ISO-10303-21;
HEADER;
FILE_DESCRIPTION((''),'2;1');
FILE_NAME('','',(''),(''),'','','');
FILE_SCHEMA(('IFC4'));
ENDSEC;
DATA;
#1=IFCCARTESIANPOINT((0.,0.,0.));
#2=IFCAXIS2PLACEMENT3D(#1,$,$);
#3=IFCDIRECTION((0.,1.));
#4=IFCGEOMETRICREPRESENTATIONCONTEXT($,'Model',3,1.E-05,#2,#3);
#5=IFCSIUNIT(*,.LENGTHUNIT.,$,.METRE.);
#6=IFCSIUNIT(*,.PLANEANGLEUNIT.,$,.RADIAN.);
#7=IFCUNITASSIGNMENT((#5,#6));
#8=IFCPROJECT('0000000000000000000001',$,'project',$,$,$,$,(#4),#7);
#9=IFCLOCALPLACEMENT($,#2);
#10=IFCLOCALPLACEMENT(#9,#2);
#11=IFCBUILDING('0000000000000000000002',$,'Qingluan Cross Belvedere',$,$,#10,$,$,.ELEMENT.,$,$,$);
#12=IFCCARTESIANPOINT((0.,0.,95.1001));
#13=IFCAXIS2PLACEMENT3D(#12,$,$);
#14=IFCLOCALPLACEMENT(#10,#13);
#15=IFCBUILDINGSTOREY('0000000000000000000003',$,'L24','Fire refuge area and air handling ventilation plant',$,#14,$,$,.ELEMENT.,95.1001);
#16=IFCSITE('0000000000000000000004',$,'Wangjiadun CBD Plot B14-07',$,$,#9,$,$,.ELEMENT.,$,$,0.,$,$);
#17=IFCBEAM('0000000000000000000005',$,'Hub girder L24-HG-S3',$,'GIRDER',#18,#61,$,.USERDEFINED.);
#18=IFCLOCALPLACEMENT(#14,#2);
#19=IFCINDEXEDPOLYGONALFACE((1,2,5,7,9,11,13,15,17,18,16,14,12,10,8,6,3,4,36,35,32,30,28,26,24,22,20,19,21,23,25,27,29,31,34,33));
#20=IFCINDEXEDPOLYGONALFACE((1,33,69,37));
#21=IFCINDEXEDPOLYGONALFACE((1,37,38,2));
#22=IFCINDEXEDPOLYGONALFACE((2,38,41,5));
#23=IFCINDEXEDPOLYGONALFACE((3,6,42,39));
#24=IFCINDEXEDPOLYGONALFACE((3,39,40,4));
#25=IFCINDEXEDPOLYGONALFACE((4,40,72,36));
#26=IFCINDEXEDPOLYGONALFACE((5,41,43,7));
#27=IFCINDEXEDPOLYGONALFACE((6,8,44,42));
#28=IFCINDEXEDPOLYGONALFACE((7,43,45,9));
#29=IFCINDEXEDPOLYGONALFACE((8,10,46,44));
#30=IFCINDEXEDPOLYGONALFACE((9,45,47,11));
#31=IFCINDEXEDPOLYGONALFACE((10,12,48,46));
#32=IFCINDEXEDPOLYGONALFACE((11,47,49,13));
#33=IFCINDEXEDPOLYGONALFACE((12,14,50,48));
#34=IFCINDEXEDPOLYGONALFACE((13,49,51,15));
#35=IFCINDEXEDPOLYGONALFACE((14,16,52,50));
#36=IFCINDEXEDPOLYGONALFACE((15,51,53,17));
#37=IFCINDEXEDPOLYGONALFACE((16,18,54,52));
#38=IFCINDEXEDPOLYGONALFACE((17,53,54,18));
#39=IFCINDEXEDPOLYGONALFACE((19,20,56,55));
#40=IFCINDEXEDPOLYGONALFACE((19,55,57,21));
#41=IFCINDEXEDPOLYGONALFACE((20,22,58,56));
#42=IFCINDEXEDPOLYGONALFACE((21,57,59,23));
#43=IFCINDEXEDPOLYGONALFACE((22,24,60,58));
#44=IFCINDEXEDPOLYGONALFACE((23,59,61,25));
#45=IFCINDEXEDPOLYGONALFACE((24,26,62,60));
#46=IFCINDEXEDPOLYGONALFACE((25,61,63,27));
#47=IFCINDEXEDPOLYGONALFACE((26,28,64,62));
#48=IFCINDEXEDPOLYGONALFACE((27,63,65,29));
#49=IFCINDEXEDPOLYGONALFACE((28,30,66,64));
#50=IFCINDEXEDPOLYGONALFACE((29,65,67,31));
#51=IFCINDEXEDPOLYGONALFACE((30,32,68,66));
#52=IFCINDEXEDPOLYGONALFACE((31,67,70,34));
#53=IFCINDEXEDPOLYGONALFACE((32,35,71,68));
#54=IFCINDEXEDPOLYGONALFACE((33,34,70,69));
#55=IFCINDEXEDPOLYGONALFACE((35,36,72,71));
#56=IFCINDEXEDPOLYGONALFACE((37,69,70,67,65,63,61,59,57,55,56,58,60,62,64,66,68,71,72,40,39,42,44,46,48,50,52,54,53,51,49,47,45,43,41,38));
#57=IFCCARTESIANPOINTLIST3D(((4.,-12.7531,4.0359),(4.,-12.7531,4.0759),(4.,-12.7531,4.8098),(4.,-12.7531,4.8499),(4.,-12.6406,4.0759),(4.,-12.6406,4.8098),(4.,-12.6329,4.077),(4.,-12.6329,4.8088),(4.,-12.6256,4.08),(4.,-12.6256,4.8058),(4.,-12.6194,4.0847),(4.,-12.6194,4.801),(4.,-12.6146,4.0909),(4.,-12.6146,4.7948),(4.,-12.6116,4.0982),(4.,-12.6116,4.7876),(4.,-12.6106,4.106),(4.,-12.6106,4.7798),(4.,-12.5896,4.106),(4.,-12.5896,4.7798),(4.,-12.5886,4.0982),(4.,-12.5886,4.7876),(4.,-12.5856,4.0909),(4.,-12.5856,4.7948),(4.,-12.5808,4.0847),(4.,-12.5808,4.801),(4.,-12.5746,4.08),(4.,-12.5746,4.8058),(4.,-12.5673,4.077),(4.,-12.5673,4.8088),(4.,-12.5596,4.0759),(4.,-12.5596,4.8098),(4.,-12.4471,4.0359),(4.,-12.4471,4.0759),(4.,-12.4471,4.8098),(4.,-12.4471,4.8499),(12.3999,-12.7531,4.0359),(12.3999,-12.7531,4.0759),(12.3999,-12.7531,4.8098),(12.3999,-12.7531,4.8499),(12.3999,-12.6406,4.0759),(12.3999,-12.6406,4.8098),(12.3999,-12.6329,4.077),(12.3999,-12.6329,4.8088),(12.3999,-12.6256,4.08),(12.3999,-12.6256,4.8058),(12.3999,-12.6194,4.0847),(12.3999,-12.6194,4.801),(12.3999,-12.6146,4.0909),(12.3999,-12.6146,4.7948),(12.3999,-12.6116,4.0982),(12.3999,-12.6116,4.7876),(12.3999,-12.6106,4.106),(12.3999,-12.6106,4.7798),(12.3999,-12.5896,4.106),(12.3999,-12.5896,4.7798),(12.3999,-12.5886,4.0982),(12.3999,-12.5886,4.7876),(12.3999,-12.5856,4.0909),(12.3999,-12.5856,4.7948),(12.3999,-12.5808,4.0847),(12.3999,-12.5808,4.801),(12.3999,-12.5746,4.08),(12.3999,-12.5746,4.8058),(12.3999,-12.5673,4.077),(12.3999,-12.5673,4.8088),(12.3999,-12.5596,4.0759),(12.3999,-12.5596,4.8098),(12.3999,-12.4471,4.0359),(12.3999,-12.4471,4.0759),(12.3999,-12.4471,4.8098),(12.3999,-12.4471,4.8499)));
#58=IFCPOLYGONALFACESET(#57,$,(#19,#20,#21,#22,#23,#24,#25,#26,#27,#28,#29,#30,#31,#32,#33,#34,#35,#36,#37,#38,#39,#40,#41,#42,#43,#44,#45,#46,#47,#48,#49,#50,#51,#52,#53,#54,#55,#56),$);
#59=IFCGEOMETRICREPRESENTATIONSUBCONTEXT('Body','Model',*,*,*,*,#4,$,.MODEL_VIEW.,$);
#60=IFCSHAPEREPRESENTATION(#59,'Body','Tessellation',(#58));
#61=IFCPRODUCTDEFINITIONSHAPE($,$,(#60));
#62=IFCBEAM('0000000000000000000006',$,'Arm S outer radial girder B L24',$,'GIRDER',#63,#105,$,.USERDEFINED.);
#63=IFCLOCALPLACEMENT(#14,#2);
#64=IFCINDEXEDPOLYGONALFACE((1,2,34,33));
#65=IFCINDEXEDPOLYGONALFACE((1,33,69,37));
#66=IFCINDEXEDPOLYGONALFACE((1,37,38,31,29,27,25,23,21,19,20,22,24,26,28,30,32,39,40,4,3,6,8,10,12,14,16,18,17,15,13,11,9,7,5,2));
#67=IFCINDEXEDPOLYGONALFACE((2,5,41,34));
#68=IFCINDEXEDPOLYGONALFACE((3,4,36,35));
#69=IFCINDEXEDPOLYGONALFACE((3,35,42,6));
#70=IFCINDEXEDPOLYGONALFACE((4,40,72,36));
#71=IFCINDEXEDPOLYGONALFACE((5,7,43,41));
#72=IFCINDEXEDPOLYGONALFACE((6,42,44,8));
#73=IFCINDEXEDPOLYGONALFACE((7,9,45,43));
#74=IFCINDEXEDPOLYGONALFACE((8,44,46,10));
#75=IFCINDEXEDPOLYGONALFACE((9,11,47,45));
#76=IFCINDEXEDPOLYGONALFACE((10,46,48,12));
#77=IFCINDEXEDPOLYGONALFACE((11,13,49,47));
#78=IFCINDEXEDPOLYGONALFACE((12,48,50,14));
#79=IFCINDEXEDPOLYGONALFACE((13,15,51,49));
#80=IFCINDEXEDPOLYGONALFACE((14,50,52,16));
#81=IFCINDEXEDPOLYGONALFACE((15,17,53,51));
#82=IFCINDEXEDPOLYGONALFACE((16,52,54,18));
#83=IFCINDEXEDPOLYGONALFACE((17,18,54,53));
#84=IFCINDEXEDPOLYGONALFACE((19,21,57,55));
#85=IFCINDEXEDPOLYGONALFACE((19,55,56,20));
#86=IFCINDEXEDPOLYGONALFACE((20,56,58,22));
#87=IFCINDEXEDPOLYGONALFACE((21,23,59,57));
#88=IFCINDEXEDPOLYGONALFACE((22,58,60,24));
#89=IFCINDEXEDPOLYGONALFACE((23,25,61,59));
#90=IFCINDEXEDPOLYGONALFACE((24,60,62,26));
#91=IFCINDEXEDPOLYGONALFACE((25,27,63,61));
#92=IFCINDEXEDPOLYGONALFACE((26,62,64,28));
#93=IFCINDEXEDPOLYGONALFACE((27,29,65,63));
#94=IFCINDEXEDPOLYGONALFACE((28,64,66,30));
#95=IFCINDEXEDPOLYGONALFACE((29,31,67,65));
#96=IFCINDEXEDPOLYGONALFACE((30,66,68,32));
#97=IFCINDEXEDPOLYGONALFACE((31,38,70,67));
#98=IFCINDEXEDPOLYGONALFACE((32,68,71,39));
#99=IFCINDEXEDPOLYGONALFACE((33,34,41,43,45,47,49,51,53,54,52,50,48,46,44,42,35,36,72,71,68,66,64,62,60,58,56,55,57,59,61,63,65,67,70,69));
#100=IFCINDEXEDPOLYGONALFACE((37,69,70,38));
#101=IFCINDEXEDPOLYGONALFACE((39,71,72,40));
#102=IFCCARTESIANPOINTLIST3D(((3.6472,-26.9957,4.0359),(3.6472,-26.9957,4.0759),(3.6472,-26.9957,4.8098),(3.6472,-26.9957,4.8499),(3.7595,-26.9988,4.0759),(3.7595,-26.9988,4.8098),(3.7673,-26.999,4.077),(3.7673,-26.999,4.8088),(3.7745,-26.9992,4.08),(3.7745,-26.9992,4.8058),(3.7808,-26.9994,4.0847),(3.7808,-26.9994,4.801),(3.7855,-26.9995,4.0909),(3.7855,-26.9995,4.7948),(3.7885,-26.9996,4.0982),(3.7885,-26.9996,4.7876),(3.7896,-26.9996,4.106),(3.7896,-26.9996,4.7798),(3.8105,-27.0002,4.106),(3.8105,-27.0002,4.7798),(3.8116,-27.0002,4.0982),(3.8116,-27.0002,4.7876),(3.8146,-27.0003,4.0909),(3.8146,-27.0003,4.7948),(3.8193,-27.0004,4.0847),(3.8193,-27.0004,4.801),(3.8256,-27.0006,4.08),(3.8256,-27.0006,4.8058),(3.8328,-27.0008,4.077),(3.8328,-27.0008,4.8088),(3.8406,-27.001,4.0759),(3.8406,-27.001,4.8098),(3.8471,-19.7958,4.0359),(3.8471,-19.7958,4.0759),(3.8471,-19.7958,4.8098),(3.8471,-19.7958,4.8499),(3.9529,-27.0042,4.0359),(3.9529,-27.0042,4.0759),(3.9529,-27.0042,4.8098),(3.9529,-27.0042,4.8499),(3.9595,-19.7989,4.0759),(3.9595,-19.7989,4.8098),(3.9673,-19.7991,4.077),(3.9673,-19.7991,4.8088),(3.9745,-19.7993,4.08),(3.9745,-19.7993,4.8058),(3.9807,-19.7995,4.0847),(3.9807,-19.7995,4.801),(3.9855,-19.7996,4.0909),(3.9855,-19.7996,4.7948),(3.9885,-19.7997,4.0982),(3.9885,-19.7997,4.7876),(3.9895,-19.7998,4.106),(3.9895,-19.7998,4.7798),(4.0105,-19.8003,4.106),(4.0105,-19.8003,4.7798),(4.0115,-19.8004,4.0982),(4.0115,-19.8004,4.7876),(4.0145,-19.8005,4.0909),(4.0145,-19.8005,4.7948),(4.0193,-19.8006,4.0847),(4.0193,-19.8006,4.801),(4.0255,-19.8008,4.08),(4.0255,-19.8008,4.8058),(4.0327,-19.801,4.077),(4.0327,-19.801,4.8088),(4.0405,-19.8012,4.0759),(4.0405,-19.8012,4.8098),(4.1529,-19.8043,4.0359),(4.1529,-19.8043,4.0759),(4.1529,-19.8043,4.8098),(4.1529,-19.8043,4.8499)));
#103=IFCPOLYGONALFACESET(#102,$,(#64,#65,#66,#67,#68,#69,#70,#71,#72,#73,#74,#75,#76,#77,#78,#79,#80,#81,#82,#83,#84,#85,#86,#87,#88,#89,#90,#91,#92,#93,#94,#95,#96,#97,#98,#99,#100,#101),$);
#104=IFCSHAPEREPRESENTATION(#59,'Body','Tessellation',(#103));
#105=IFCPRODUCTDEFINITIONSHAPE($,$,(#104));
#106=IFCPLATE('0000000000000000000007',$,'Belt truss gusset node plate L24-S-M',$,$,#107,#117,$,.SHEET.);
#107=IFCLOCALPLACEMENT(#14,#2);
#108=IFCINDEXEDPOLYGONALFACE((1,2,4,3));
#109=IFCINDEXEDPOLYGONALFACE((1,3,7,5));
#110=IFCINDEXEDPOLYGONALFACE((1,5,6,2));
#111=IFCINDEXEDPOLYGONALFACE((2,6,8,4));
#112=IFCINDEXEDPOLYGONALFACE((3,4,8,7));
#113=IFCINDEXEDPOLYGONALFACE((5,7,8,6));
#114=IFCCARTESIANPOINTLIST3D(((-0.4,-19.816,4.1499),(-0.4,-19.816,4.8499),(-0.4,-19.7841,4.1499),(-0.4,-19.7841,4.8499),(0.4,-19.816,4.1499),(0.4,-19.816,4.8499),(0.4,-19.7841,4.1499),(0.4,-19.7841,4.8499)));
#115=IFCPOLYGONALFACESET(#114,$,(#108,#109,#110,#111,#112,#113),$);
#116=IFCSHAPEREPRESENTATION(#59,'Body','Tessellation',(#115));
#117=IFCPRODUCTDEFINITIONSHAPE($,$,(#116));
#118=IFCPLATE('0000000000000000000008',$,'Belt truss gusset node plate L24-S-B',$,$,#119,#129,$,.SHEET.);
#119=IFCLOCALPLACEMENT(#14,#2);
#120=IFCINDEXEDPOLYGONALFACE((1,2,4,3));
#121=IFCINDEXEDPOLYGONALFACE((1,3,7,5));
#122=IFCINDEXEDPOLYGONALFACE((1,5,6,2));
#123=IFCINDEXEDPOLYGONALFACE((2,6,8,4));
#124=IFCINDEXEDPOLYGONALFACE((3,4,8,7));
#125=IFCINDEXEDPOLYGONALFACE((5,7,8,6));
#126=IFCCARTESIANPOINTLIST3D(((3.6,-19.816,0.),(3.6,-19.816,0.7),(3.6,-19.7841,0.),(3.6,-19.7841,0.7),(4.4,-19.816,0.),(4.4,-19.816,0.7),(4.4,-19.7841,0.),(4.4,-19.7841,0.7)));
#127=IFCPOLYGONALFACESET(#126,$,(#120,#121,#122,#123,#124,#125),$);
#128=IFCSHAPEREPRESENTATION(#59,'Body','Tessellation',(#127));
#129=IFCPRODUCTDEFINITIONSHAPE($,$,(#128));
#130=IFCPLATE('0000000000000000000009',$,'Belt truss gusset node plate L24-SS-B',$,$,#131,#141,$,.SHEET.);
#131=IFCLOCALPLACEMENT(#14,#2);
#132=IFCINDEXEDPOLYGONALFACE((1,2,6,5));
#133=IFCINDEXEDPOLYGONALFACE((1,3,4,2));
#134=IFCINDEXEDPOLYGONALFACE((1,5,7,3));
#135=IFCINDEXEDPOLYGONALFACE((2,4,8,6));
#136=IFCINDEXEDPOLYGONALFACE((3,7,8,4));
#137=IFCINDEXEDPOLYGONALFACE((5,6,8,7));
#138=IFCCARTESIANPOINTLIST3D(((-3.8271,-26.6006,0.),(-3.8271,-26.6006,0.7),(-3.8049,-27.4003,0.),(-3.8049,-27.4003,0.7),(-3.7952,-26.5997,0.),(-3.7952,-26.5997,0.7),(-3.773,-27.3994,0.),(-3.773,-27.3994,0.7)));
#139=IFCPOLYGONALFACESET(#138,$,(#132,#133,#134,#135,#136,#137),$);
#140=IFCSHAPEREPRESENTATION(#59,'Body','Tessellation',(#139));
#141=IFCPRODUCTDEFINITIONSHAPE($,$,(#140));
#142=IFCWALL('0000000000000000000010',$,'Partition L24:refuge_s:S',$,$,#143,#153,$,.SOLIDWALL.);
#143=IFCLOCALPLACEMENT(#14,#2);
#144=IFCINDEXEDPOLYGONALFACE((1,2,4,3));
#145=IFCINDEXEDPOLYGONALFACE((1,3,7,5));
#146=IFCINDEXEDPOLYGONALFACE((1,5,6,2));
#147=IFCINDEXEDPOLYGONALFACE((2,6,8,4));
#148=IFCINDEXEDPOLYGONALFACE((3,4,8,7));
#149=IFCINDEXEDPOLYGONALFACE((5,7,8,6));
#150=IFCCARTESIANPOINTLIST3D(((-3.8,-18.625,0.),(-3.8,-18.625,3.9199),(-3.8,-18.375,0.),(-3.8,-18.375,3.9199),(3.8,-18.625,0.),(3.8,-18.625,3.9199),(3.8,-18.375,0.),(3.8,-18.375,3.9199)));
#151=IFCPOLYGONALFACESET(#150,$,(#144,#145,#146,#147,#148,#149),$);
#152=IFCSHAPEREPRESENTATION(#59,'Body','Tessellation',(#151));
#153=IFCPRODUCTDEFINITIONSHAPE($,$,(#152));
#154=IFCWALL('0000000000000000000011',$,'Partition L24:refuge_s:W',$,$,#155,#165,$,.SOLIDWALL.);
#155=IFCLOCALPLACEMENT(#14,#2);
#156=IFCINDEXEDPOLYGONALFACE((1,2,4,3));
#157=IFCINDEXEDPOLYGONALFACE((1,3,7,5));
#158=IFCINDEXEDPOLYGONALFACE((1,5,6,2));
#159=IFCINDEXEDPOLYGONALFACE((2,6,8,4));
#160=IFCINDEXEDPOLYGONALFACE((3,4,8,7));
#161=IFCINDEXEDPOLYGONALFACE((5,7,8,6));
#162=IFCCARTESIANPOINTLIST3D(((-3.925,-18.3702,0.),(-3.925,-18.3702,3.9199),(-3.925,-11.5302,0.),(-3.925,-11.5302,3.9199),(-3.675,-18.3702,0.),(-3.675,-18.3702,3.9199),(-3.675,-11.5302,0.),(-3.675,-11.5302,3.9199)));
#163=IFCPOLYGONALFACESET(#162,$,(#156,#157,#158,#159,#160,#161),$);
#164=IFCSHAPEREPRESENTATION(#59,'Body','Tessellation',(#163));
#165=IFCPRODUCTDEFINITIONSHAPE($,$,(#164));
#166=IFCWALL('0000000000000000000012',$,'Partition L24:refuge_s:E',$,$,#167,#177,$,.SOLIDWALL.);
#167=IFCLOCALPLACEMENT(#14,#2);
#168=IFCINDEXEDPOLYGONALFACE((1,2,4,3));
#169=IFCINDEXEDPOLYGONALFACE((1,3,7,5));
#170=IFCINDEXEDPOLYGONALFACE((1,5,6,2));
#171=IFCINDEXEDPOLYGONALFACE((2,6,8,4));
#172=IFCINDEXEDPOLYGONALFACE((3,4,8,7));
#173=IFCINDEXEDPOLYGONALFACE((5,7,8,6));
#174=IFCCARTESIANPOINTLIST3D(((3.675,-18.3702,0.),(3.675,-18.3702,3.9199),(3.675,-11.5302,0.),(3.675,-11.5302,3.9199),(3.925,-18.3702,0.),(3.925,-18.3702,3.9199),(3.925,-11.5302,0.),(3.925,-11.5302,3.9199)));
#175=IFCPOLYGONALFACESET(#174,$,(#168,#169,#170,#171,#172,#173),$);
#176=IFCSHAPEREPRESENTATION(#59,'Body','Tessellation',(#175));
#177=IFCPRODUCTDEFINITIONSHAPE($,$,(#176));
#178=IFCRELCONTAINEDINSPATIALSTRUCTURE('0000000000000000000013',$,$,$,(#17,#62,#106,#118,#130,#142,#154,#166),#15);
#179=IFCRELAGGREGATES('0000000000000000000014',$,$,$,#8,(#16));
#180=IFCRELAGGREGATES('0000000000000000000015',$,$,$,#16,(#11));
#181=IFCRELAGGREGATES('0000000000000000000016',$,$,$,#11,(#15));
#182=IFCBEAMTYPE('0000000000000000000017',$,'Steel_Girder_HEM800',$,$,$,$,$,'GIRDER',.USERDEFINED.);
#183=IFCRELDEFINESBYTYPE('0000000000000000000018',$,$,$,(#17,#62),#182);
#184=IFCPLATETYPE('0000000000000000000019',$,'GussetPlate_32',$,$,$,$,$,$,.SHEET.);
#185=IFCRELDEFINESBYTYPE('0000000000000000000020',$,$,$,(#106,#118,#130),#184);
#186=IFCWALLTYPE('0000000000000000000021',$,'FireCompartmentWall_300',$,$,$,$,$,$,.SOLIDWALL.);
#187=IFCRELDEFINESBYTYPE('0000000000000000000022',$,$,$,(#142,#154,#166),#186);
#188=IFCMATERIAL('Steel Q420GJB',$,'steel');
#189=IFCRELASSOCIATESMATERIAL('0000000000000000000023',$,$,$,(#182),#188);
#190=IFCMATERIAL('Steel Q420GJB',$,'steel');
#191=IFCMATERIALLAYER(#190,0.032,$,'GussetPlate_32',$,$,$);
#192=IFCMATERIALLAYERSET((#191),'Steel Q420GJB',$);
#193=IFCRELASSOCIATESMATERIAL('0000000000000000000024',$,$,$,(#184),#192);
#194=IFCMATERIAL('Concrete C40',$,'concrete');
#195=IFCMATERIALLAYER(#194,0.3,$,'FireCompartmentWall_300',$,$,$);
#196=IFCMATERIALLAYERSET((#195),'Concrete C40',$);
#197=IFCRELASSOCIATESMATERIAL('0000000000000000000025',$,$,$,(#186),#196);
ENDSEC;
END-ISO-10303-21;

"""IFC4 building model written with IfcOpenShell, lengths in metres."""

from ifc_helpers import new_model, si_unit, direction, frame, frame_2d, origin, origin_2d, place, context, subcontext, project, spatial, rectangle, i_section, extrude, material, layer, layer_set, material_profile, profile_set, type_object, element, save


model = new_model("IFC4")

# Units and contexts
model_context = context("Model", 3, precision=1e-05, world=origin(), true_north=direction((0.0, 1.0)))
body_context = subcontext(model_context, "Body", "Model", "MODEL_VIEW")
ifc_project = project(units=[si_unit("LENGTHUNIT", "METRE"), si_unit("PLANEANGLEUNIT", "RADIAN")], contexts=[model_context])

# Site, building, storey
site_placement = place(None, origin())
site = spatial("IfcSite", under=ifc_project, at=site_placement, Name="Wangjiadun CBD Plot B14-07", CompositionType="ELEMENT", RefElevation=0.0)
building_placement = place(site_placement, origin())
building = spatial("IfcBuilding", under=site, at=building_placement, Name="Qingluan Cross Belvedere", CompositionType="ELEMENT")
storey_placement = place(building_placement, frame((0.0, 0.0, 95.1001)))
storey = spatial("IfcBuildingStorey", under=building, at=storey_placement, Name="L24", Description="Fire refuge area and air handling ventilation plant", CompositionType="ELEMENT", Elevation=95.1001)

# Beams
ifc_material_1 = material(Name="Steel Q420GJB", Category="steel")
ifc_material_profile_1 = material_profile(ifc_material_1, i_section(OverallWidth=0.3059, OverallDepth=0.814, WebThickness=0.021, FlangeThickness=0.04, FilletRadius=0.03, at=origin_2d()), Name="HEM800")
ifc_profile_set_1 = profile_set([ifc_material_profile_1], Name="Steel Q420GJB")
beam_type_1 = type_object("IfcBeamType", Name="Steel_Girder_HEM800", ElementType="GIRDER", PredefinedType="USERDEFINED", material=ifc_profile_set_1)
beam_1_placement = place(storey_placement, frame((4.0, -12.6001, 4.4429), z_axis=(1.0, 0.0, 0.0), x_axis=(0.0, 1.0, 0.0)))
element("IfcBeam", 1, at=beam_1_placement, inside=storey, type_object=beam_type_1, Name="Hub girder L24-HG-S3", ObjectType="GIRDER", PredefinedType="USERDEFINED", context=body_context, shape_type="SweptSolid", body=[
    extrude(i_section(OverallWidth=0.3059, OverallDepth=0.814, WebThickness=0.021, FlangeThickness=0.04, FilletRadius=0.03, at=origin_2d()), origin(), (0.0, 0.0, 1.0), 8.3999),
])
beam_2_placement = place(storey_placement, frame((4.0, -19.8, 4.4429), z_axis=(-0.02776, -0.999615, 0.0), x_axis=(0.999615, -0.02776, 0.0)))
element("IfcBeam", 2, at=beam_2_placement, inside=storey, type_object=beam_type_1, Name="Arm S outer radial girder B L24", ObjectType="GIRDER", PredefinedType="USERDEFINED", context=body_context, shape_type="SweptSolid", body=[
    extrude(i_section(OverallWidth=0.3059, OverallDepth=0.814, WebThickness=0.021, FlangeThickness=0.04, FilletRadius=0.03, at=origin_2d()), origin(), (0.0, 0.0, 1.0), 7.2026),
])

# Plates
ifc_material_2 = material(Name="Steel Q420GJB", Category="steel")
ifc_layer_1 = layer(ifc_material_2, 0.032, Name="GussetPlate_32")
ifc_layer_set_1 = layer_set([ifc_layer_1], Name="Steel Q420GJB")
plate_type = type_object("IfcPlateType", Name="GussetPlate_32", PredefinedType="SHEET", material=ifc_layer_set_1)
for number, where, z_axis, x_axis, name in (
    (3, (0.0, -19.8, 4.1499), (0.0, 0.0, 1.0), (1.0, 0.0, 0.0), "Belt truss gusset node plate L24-S-M"),
    (4, (4.0, -19.8, 0.0), (0.0, 0.0, 1.0), (1.0, 0.0, 0.0), "Belt truss gusset node plate L24-S-B"),
    (5, (-3.8, -27.0, 0.0), (0.0, 0.0, 1.0), (0.027767, -0.999614, 0.0), "Belt truss gusset node plate L24-SS-B"),
):
    element("IfcPlate", number, at=place(storey_placement, frame(where, z_axis=z_axis, x_axis=x_axis)), inside=storey, type_object=plate_type, Name=name, PredefinedType="SHEET", context=body_context, shape_type="SweptSolid", body=[
        extrude(rectangle(XDim=0.8, YDim=0.032, at=origin_2d()), origin(), (0.0, 0.0, 1.0), 0.7),
    ])

# Walls
ifc_material_3 = material(Name="Concrete C40", Category="concrete")
ifc_layer_2 = layer(ifc_material_3, 0.3, Name="FireCompartmentWall_300")
ifc_layer_set_2 = layer_set([ifc_layer_2], Name="Concrete C40")
wall_type_1 = type_object("IfcWallType", Name="FireCompartmentWall_300", PredefinedType="SOLIDWALL", material=ifc_layer_set_2)
wall_1_placement = place(storey_placement, frame((-3.8, -18.5, 0.0), z_axis=(0.0, 0.0, 1.0), x_axis=(1.0, 0.0, 0.0)))
element("IfcWall", 6, at=wall_1_placement, inside=storey, type_object=wall_type_1, Name="Partition L24:refuge_s:S", PredefinedType="SOLIDWALL", context=body_context, shape_type="SweptSolid", body=[
    extrude(rectangle(XDim=7.6001, YDim=0.25, at=frame_2d((3.8, 0.0))), origin(), (0.0, 0.0, 1.0), 3.9199),
])
for number, where, z_axis, x_axis, name in (
    (7, (-3.8, -18.3701, 0.0), (0.0, 0.0, 1.0), (0.0, 1.0, 0.0), "Partition L24:refuge_s:W"),
    (8, (3.8, -18.3701, 0.0), (0.0, 0.0, 1.0), (0.0, 1.0, 0.0), "Partition L24:refuge_s:E"),
):
    element("IfcWall", number, at=place(storey_placement, frame(where, z_axis=z_axis, x_axis=x_axis)), inside=storey, type_object=wall_type_1, Name=name, PredefinedType="SOLIDWALL", context=body_context, shape_type="SweptSolid", body=[
        extrude(rectangle(XDim=6.8401, YDim=0.25, at=frame_2d((3.4199, 0.0))), origin(), (0.0, 0.0, 1.0), 3.9199),
    ])

save(model, "model.ifc")
